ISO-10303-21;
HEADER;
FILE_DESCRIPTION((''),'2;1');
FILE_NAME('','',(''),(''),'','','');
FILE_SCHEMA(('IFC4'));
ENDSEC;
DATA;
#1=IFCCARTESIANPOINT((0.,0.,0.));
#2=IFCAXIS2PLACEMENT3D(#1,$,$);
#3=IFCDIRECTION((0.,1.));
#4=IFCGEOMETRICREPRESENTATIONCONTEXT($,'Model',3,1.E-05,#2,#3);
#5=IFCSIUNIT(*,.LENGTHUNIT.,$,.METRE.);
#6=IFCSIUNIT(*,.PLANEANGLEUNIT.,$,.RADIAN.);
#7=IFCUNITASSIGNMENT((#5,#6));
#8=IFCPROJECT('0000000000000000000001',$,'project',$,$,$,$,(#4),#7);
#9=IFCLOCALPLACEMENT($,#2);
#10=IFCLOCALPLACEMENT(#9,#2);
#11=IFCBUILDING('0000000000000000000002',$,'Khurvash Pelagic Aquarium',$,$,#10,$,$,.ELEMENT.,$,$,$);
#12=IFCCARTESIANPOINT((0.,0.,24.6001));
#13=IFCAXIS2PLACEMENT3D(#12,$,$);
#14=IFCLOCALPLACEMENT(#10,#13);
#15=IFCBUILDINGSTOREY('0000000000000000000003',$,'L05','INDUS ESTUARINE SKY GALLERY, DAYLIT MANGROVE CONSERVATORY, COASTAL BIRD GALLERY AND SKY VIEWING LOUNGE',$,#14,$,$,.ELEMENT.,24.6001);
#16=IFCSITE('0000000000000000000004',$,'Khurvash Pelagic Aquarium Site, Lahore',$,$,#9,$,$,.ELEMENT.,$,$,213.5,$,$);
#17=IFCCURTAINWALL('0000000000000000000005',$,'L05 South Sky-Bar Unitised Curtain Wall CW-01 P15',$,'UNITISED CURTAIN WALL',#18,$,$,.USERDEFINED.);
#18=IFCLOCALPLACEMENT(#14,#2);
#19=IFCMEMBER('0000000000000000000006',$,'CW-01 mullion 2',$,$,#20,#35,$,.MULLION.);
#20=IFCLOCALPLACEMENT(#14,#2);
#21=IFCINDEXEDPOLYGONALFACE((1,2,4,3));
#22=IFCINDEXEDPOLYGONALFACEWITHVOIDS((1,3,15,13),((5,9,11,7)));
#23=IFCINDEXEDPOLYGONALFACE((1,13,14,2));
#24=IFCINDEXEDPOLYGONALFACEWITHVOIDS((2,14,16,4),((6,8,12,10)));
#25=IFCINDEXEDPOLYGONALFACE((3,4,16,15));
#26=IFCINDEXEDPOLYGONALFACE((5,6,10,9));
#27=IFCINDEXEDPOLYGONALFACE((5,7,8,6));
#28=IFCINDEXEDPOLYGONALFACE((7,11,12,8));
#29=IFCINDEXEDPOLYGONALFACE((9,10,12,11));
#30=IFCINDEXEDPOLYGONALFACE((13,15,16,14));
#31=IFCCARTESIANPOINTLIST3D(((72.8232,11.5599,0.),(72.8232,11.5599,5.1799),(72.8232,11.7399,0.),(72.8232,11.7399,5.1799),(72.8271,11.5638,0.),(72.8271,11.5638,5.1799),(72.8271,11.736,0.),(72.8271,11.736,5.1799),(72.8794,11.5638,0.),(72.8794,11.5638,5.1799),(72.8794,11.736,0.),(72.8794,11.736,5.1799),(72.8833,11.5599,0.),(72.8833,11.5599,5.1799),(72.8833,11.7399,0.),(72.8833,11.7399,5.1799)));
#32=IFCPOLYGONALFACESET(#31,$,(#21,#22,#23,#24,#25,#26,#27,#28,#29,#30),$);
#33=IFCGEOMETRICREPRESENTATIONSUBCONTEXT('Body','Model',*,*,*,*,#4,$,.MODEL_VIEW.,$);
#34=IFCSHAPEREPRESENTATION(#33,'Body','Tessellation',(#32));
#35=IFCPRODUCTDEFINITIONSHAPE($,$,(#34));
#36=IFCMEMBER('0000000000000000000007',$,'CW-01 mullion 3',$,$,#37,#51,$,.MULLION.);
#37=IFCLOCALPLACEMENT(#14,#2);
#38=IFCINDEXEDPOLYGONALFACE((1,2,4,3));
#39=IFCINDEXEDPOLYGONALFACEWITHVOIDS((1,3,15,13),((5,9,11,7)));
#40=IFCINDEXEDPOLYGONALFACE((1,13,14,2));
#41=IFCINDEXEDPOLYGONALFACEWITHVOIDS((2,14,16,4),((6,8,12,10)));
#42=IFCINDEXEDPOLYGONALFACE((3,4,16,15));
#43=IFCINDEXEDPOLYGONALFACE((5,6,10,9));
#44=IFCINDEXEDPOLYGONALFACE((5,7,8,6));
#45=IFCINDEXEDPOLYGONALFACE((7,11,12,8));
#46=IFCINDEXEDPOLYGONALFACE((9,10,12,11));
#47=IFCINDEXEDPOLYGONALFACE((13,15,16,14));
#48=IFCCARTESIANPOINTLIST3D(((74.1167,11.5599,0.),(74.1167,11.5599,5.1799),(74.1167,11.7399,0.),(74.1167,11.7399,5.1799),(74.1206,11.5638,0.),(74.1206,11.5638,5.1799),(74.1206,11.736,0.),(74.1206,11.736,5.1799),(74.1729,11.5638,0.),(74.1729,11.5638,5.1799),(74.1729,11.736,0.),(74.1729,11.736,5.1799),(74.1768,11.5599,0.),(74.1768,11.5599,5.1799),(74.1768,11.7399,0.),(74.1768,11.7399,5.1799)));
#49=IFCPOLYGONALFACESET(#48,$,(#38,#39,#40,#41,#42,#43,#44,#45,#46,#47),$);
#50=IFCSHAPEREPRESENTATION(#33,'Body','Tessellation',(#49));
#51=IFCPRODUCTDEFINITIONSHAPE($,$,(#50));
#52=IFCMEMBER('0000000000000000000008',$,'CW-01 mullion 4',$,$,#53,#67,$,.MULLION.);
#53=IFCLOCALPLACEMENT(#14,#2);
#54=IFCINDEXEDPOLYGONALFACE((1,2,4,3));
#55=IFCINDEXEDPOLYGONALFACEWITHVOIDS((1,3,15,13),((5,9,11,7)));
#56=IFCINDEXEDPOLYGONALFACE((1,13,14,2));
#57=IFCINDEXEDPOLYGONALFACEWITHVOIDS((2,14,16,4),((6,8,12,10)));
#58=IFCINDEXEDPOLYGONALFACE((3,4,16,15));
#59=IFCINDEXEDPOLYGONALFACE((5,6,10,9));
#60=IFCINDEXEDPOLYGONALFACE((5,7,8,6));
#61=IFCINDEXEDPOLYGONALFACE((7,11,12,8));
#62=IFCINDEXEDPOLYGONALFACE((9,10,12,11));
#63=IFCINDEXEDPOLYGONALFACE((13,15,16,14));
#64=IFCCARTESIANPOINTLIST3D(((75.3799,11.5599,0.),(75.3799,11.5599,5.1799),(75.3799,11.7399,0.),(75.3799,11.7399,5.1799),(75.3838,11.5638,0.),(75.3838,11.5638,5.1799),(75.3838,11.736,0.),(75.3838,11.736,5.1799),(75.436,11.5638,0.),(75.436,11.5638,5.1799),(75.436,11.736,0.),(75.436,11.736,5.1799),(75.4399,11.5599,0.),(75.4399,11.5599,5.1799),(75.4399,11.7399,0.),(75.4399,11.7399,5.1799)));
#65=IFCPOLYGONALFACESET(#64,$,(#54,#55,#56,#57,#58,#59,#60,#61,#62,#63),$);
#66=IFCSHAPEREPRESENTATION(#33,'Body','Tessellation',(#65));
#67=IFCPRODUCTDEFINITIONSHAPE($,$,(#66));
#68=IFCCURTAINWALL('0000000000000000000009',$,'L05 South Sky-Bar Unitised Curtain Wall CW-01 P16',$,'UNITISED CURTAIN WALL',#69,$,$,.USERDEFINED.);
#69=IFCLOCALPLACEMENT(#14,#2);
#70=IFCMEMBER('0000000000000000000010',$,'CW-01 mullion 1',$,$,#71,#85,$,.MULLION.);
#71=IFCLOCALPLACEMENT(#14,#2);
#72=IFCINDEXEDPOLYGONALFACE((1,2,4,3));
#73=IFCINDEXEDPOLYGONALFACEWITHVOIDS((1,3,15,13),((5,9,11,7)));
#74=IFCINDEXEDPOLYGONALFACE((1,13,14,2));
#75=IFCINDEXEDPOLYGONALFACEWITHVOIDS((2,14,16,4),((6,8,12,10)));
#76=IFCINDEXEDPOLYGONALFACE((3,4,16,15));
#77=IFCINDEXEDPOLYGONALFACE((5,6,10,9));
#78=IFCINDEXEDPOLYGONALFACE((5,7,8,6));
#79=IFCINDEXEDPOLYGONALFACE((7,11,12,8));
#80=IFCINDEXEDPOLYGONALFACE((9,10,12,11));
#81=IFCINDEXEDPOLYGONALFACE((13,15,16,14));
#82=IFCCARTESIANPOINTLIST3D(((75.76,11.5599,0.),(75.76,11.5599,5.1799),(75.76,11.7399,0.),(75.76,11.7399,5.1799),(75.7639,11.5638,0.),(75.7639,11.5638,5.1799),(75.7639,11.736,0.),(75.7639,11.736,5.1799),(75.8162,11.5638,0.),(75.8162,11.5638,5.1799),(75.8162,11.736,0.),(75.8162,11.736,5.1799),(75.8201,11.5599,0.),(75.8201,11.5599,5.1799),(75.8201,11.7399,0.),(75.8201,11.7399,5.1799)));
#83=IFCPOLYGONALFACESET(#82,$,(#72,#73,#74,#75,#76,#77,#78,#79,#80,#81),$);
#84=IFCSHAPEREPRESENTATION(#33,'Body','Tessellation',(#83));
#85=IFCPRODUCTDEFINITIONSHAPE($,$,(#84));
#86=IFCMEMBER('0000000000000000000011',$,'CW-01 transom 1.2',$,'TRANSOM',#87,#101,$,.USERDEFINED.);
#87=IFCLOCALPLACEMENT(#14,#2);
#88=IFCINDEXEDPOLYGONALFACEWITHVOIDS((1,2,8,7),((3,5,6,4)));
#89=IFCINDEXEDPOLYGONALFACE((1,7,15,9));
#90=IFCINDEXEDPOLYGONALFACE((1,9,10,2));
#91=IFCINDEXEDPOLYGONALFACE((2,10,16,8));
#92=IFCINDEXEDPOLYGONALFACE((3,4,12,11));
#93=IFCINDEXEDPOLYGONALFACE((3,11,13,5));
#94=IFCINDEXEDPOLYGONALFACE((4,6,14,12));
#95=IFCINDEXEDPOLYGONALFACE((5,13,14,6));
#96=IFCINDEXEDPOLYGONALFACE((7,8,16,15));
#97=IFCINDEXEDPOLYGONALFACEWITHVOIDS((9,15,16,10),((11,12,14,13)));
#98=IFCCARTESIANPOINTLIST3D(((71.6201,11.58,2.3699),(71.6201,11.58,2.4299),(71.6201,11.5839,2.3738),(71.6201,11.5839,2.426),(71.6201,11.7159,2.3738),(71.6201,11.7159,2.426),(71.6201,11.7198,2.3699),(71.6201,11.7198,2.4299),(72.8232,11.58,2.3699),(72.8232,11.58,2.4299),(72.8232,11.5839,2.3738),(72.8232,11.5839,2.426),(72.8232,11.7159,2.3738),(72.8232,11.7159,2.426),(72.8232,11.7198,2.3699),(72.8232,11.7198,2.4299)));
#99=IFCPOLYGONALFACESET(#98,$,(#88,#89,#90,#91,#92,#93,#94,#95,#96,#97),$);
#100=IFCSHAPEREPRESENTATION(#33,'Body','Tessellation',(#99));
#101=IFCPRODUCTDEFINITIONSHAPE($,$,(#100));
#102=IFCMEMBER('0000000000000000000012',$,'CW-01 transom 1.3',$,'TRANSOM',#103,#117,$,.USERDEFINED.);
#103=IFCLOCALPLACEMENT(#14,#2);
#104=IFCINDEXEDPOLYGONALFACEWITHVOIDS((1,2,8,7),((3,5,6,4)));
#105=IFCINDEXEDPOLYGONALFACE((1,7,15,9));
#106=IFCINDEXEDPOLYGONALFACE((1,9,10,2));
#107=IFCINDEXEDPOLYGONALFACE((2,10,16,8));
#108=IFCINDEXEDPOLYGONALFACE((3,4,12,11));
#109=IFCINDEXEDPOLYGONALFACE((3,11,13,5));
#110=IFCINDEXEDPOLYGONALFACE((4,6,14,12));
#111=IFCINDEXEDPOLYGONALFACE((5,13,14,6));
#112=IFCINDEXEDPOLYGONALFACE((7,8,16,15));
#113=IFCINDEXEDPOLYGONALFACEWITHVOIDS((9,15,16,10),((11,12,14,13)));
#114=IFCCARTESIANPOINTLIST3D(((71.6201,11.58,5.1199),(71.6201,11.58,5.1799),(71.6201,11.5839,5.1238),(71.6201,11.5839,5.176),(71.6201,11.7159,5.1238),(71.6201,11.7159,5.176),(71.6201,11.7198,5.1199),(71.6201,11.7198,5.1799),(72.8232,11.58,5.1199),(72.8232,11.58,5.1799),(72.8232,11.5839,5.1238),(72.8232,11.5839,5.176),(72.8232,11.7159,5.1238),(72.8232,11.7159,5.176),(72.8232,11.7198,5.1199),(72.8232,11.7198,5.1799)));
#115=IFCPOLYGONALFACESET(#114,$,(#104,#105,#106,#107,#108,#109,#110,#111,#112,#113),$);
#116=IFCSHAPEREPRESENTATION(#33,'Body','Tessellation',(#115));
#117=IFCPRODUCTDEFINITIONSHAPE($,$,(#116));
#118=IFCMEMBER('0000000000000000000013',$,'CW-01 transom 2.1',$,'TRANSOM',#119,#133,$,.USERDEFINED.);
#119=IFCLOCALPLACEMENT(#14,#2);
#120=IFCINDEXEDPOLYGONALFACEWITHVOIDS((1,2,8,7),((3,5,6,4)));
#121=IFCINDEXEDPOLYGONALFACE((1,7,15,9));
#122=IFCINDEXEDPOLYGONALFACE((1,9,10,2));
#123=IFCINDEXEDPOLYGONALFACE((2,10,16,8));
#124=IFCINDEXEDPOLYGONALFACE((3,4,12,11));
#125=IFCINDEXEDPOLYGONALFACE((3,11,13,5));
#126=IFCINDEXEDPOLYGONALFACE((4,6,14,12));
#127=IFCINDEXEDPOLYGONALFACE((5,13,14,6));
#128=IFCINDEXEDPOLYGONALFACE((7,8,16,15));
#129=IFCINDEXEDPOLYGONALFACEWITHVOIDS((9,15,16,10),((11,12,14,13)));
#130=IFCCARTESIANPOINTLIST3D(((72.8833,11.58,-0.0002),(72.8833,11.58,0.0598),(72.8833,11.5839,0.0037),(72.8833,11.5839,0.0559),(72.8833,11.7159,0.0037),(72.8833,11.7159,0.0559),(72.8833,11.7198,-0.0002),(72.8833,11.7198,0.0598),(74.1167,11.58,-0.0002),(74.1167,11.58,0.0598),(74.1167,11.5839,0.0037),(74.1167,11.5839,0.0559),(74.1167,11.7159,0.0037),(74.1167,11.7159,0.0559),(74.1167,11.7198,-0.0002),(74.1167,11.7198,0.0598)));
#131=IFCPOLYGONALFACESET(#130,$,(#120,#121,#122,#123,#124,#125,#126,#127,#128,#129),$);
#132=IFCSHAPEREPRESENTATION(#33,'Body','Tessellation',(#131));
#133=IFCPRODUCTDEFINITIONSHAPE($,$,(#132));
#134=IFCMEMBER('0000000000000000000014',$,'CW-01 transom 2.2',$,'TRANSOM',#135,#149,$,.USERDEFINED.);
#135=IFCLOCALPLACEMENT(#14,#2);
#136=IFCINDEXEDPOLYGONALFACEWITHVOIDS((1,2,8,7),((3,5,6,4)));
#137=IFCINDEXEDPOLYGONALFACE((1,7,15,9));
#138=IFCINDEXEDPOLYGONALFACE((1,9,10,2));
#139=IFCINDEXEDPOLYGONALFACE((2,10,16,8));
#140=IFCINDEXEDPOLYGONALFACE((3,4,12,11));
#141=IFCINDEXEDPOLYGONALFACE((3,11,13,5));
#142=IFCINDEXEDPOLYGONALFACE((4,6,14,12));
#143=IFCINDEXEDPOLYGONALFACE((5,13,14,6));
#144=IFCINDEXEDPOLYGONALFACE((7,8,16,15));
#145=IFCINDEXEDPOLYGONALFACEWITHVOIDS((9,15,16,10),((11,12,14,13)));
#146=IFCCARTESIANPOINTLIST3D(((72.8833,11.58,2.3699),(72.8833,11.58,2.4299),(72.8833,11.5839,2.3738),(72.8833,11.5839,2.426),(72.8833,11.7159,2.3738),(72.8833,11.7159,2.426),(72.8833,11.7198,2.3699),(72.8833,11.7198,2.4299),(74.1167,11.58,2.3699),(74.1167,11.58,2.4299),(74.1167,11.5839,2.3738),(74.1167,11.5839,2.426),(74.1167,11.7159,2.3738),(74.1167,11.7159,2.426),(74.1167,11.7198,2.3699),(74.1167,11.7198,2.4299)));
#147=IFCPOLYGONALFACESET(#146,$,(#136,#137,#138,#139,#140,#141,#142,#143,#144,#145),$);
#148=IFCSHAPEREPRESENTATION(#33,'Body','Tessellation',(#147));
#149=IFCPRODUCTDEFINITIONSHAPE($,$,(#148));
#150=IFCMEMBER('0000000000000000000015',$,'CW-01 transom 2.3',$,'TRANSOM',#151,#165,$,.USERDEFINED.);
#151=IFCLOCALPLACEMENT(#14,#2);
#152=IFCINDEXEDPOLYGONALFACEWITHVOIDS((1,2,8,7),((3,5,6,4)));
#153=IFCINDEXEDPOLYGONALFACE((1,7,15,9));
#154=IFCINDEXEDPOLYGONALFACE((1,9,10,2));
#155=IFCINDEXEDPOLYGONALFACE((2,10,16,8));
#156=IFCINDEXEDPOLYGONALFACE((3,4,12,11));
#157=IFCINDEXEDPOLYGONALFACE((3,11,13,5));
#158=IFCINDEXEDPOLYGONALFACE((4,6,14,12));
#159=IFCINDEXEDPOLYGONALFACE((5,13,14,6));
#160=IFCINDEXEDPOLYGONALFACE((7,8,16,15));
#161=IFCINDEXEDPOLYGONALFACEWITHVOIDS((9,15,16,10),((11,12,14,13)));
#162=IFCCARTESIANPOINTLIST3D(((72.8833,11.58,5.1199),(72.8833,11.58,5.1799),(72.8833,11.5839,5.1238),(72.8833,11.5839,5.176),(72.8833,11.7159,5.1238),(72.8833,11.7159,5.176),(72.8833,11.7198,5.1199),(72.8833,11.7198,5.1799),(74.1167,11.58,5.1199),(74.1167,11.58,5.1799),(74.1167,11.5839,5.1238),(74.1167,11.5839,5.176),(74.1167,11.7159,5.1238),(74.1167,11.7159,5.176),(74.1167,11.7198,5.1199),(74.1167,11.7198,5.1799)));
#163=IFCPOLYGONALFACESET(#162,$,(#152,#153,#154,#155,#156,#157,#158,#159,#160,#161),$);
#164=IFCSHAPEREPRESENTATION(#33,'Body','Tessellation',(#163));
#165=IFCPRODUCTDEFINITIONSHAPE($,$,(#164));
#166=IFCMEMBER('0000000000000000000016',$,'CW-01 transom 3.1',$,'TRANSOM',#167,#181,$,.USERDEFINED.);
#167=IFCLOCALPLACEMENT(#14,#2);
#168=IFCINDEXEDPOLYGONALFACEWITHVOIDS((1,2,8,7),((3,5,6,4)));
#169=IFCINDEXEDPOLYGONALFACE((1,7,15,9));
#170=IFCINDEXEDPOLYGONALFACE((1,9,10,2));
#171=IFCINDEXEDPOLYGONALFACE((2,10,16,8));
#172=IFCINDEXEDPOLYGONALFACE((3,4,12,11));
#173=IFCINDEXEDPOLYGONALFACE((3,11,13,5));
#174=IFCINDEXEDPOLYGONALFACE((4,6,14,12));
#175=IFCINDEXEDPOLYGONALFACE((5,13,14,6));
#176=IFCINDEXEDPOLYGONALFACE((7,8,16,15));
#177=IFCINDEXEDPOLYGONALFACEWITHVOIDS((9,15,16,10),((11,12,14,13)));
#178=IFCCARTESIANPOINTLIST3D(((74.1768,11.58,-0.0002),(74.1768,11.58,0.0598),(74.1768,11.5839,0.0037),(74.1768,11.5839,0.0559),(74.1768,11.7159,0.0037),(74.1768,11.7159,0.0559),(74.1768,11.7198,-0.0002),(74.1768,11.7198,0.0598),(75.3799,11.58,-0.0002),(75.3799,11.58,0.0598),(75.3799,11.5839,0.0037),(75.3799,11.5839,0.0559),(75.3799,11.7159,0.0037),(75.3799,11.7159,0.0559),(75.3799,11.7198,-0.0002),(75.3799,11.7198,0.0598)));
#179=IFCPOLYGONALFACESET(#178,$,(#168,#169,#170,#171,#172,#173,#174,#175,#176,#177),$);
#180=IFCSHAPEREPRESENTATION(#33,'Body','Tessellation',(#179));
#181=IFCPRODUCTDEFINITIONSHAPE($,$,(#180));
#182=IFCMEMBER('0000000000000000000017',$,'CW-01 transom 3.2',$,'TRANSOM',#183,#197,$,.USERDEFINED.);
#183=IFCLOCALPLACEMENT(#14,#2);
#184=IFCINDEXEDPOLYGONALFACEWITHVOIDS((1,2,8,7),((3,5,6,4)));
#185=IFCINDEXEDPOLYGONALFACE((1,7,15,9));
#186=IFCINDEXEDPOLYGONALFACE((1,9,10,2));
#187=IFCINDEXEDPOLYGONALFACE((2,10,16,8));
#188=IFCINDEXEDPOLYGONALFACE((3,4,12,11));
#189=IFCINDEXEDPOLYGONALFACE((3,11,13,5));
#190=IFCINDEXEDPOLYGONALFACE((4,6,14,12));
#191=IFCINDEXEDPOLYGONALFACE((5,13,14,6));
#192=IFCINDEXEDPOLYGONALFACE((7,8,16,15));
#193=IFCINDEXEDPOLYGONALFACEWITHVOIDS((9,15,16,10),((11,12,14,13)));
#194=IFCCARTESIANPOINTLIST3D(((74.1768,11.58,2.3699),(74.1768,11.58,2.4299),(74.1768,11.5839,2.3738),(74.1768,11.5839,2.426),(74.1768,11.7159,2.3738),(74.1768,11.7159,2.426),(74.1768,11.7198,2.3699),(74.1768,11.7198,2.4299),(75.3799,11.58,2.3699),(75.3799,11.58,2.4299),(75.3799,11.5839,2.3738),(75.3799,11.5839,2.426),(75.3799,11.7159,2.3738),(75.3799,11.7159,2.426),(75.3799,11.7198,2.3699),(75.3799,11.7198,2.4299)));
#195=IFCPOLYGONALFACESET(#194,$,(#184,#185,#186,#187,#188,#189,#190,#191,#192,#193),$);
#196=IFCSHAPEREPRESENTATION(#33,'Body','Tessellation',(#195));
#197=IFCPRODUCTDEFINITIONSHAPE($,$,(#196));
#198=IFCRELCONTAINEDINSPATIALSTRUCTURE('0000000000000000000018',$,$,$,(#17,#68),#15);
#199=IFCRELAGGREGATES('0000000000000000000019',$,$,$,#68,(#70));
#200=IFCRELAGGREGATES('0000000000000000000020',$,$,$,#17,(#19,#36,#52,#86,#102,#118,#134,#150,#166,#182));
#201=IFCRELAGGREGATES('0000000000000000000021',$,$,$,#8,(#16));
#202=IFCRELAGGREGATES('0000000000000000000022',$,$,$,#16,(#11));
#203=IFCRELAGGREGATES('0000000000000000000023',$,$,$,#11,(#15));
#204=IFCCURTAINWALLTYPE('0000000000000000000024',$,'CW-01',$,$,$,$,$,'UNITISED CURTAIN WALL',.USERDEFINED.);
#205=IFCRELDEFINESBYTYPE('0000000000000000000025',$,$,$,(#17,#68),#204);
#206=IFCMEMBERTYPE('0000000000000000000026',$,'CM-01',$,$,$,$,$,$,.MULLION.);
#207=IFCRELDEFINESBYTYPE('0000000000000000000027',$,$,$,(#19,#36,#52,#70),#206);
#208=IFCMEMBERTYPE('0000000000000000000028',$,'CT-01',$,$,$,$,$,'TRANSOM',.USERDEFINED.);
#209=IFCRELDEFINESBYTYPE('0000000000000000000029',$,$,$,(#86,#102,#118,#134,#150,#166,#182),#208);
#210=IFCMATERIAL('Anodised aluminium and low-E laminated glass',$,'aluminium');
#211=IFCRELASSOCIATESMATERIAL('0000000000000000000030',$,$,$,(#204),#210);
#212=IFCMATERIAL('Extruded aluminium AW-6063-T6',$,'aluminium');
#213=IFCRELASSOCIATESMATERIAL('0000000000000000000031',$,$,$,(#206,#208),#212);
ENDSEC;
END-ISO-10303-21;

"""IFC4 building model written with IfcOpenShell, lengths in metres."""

from ifc_helpers import new_model, si_unit, direction, frame, origin, origin_2d, place, context, subcontext, project, spatial, hollow_rectangle, extrude, material, material_profile, profile_set, type_object, element, aggregate, save


model = new_model("IFC4")

# Units and contexts
model_context = context("Model", 3, precision=1e-05, world=origin(), true_north=direction((0.0, 1.0)))
body_context = subcontext(model_context, "Body", "Model", "MODEL_VIEW")
ifc_project = project(units=[si_unit("LENGTHUNIT", "METRE"), si_unit("PLANEANGLEUNIT", "RADIAN")], contexts=[model_context])

# Site, building, storey
site_placement = place(None, origin())
site = spatial("IfcSite", under=ifc_project, at=site_placement, Name="Khurvash Pelagic Aquarium Site, Lahore", CompositionType="ELEMENT", RefElevation=213.5)
building_placement = place(site_placement, origin())
building = spatial("IfcBuilding", under=site, at=building_placement, Name="Khurvash Pelagic Aquarium", CompositionType="ELEMENT")
storey_placement = place(building_placement, frame((0.0, 0.0, 24.6001)))
storey = spatial("IfcBuildingStorey", under=building, at=storey_placement, Name="L05", Description="INDUS ESTUARINE SKY GALLERY, DAYLIT MANGROVE CONSERVATORY, COASTAL BIRD GALLERY AND SKY VIEWING LOUNGE", CompositionType="ELEMENT", Elevation=24.6001)

# Curtain wall, members
ifc_material_1 = material(Name="Anodised aluminium and low-E laminated glass", Category="aluminium")
curtain_wall_type = type_object("IfcCurtainWallType", Name="CW-01", ElementType="UNITISED CURTAIN WALL", PredefinedType="USERDEFINED", material=ifc_material_1)
curtain_wall_1_placement = place(storey_placement, origin())
curtain_wall_1 = element("IfcCurtainWall", 1, at=curtain_wall_1_placement, inside=storey, type_object=curtain_wall_type, Name="L05 South Sky-Bar Unitised Curtain Wall CW-01 P15", ObjectType="UNITISED CURTAIN WALL", PredefinedType="USERDEFINED")
ifc_material_2 = material(Name="Extruded aluminium AW-6063-T6", Category="aluminium")
ifc_material_profile_1 = material_profile(ifc_material_2, hollow_rectangle(XDim=0.0601, YDim=0.1799, WallThickness=0.0039, at=origin_2d()), Name="CWM60X180X4")
ifc_profile_set_1 = profile_set([ifc_material_profile_1], Name="Extruded aluminium AW-6063-T6")
member_type_1 = type_object("IfcMemberType", Name="CM-01", PredefinedType="MULLION", material=ifc_profile_set_1)
member_1_placement = place(storey_placement, frame((72.8533, 11.6499, 0.0), z_axis=(0.0, 0.0, 1.0), x_axis=(1.0, 0.0, 0.0)))
member_1 = element("IfcMember", 2, at=member_1_placement, type_object=member_type_1, Name="CW-01 mullion 2", PredefinedType="MULLION", context=body_context, shape_type="SweptSolid", body=[
    extrude(hollow_rectangle(XDim=0.0601, YDim=0.1799, WallThickness=0.0039, at=origin_2d()), origin(), (0.0, 0.0, 1.0), 5.1799),
])
member_2_placement = place(storey_placement, frame((74.1467, 11.6499, 0.0), z_axis=(0.0, 0.0, 1.0), x_axis=(1.0, 0.0, 0.0)))
member_2 = element("IfcMember", 3, at=member_2_placement, type_object=member_type_1, Name="CW-01 mullion 3", PredefinedType="MULLION", context=body_context, shape_type="SweptSolid", body=[
    extrude(hollow_rectangle(XDim=0.0601, YDim=0.1799, WallThickness=0.0039, at=origin_2d()), origin(), (0.0, 0.0, 1.0), 5.1799),
])
member_3_placement = place(storey_placement, frame((75.4099, 11.6499, 0.0), z_axis=(0.0, 0.0, 1.0), x_axis=(1.0, 0.0, 0.0)))
member_3 = element("IfcMember", 4, at=member_3_placement, type_object=member_type_1, Name="CW-01 mullion 4", PredefinedType="MULLION", context=body_context, shape_type="SweptSolid", body=[
    extrude(hollow_rectangle(XDim=0.0601, YDim=0.1799, WallThickness=0.0039, at=origin_2d()), origin(), (0.0, 0.0, 1.0), 5.1799),
])

# Curtain wall, member
curtain_wall_2_placement = place(storey_placement, origin())
curtain_wall_2 = element("IfcCurtainWall", 5, at=curtain_wall_2_placement, inside=storey, type_object=curtain_wall_type, Name="L05 South Sky-Bar Unitised Curtain Wall CW-01 P16", ObjectType="UNITISED CURTAIN WALL", PredefinedType="USERDEFINED")
member_4_placement = place(storey_placement, frame((75.79, 11.6499, 0.0), z_axis=(0.0, 0.0, 1.0), x_axis=(1.0, 0.0, 0.0)))
member_4 = element("IfcMember", 6, at=member_4_placement, type_object=member_type_1, Name="CW-01 mullion 1", PredefinedType="MULLION", context=body_context, shape_type="SweptSolid", body=[
    extrude(hollow_rectangle(XDim=0.0601, YDim=0.1799, WallThickness=0.0039, at=origin_2d()), origin(), (0.0, 0.0, 1.0), 5.1799),
])

# Members
ifc_material_profile_2 = material_profile(ifc_material_2, hollow_rectangle(XDim=0.1399, YDim=0.0601, WallThickness=0.0039, at=origin_2d()), Name="CWT140X60X4")
ifc_profile_set_2 = profile_set([ifc_material_profile_2], Name="Extruded aluminium AW-6063-T6")
member_type_2 = type_object("IfcMemberType", Name="CT-01", ElementType="TRANSOM", PredefinedType="USERDEFINED", material=ifc_profile_set_2)
member_5_placement = place(storey_placement, frame((71.6201, 11.6499, 2.3999), z_axis=(1.0, 0.0, 0.0), x_axis=(0.0, 1.0, 0.0)))
member_5 = element("IfcMember", 7, at=member_5_placement, type_object=member_type_2, Name="CW-01 transom 1.2", ObjectType="TRANSOM", PredefinedType="USERDEFINED", context=body_context, shape_type="SweptSolid", body=[
    extrude(hollow_rectangle(XDim=0.1399, YDim=0.0601, WallThickness=0.0039, at=origin_2d()), origin(), (0.0, 0.0, 1.0), 1.2031),
])
member_6_placement = place(storey_placement, frame((71.6201, 11.6499, 5.1499), z_axis=(1.0, 0.0, 0.0), x_axis=(0.0, 1.0, 0.0)))
member_6 = element("IfcMember", 8, at=member_6_placement, type_object=member_type_2, Name="CW-01 transom 1.3", ObjectType="TRANSOM", PredefinedType="USERDEFINED", context=body_context, shape_type="SweptSolid", body=[
    extrude(hollow_rectangle(XDim=0.1399, YDim=0.0601, WallThickness=0.0039, at=origin_2d()), origin(), (0.0, 0.0, 1.0), 1.2031),
])
member_7_placement = place(storey_placement, frame((72.8833, 11.6499, 0.0298), z_axis=(1.0, 0.0, 0.0), x_axis=(0.0, 1.0, 0.0)))
member_7 = element("IfcMember", 9, at=member_7_placement, type_object=member_type_2, Name="CW-01 transom 2.1", ObjectType="TRANSOM", PredefinedType="USERDEFINED", context=body_context, shape_type="SweptSolid", body=[
    extrude(hollow_rectangle(XDim=0.1399, YDim=0.0601, WallThickness=0.0039, at=origin_2d()), origin(), (0.0, 0.0, 1.0), 1.2334),
])
member_8_placement = place(storey_placement, frame((72.8833, 11.6499, 2.3999), z_axis=(1.0, 0.0, 0.0), x_axis=(0.0, 1.0, 0.0)))
member_8 = element("IfcMember", 10, at=member_8_placement, type_object=member_type_2, Name="CW-01 transom 2.2", ObjectType="TRANSOM", PredefinedType="USERDEFINED", context=body_context, shape_type="SweptSolid", body=[
    extrude(hollow_rectangle(XDim=0.1399, YDim=0.0601, WallThickness=0.0039, at=origin_2d()), origin(), (0.0, 0.0, 1.0), 1.2334),
])
member_9_placement = place(storey_placement, frame((72.8833, 11.6499, 5.1499), z_axis=(1.0, 0.0, 0.0), x_axis=(0.0, 1.0, 0.0)))
member_9 = element("IfcMember", 11, at=member_9_placement, type_object=member_type_2, Name="CW-01 transom 2.3", ObjectType="TRANSOM", PredefinedType="USERDEFINED", context=body_context, shape_type="SweptSolid", body=[
    extrude(hollow_rectangle(XDim=0.1399, YDim=0.0601, WallThickness=0.0039, at=origin_2d()), origin(), (0.0, 0.0, 1.0), 1.2334),
])
member_10_placement = place(storey_placement, frame((74.1768, 11.6499, 0.0298), z_axis=(1.0, 0.0, 0.0), x_axis=(0.0, 1.0, 0.0)))
member_10 = element("IfcMember", 12, at=member_10_placement, type_object=member_type_2, Name="CW-01 transom 3.1", ObjectType="TRANSOM", PredefinedType="USERDEFINED", context=body_context, shape_type="SweptSolid", body=[
    extrude(hollow_rectangle(XDim=0.1399, YDim=0.0601, WallThickness=0.0039, at=origin_2d()), origin(), (0.0, 0.0, 1.0), 1.2031),
])
member_11_placement = place(storey_placement, frame((74.1768, 11.6499, 2.3999), z_axis=(1.0, 0.0, 0.0), x_axis=(0.0, 1.0, 0.0)))
member_11 = element("IfcMember", 13, at=member_11_placement, type_object=member_type_2, Name="CW-01 transom 3.2", ObjectType="TRANSOM", PredefinedType="USERDEFINED", context=body_context, shape_type="SweptSolid", body=[
    extrude(hollow_rectangle(XDim=0.1399, YDim=0.0601, WallThickness=0.0039, at=origin_2d()), origin(), (0.0, 0.0, 1.0), 1.2031),
])
aggregate(curtain_wall_2, [member_4])

aggregate(curtain_wall_1, [member_1, member_2, member_3, member_5, member_6, member_7, member_8, member_9, member_10, member_11])

save(model, "model.ifc")
